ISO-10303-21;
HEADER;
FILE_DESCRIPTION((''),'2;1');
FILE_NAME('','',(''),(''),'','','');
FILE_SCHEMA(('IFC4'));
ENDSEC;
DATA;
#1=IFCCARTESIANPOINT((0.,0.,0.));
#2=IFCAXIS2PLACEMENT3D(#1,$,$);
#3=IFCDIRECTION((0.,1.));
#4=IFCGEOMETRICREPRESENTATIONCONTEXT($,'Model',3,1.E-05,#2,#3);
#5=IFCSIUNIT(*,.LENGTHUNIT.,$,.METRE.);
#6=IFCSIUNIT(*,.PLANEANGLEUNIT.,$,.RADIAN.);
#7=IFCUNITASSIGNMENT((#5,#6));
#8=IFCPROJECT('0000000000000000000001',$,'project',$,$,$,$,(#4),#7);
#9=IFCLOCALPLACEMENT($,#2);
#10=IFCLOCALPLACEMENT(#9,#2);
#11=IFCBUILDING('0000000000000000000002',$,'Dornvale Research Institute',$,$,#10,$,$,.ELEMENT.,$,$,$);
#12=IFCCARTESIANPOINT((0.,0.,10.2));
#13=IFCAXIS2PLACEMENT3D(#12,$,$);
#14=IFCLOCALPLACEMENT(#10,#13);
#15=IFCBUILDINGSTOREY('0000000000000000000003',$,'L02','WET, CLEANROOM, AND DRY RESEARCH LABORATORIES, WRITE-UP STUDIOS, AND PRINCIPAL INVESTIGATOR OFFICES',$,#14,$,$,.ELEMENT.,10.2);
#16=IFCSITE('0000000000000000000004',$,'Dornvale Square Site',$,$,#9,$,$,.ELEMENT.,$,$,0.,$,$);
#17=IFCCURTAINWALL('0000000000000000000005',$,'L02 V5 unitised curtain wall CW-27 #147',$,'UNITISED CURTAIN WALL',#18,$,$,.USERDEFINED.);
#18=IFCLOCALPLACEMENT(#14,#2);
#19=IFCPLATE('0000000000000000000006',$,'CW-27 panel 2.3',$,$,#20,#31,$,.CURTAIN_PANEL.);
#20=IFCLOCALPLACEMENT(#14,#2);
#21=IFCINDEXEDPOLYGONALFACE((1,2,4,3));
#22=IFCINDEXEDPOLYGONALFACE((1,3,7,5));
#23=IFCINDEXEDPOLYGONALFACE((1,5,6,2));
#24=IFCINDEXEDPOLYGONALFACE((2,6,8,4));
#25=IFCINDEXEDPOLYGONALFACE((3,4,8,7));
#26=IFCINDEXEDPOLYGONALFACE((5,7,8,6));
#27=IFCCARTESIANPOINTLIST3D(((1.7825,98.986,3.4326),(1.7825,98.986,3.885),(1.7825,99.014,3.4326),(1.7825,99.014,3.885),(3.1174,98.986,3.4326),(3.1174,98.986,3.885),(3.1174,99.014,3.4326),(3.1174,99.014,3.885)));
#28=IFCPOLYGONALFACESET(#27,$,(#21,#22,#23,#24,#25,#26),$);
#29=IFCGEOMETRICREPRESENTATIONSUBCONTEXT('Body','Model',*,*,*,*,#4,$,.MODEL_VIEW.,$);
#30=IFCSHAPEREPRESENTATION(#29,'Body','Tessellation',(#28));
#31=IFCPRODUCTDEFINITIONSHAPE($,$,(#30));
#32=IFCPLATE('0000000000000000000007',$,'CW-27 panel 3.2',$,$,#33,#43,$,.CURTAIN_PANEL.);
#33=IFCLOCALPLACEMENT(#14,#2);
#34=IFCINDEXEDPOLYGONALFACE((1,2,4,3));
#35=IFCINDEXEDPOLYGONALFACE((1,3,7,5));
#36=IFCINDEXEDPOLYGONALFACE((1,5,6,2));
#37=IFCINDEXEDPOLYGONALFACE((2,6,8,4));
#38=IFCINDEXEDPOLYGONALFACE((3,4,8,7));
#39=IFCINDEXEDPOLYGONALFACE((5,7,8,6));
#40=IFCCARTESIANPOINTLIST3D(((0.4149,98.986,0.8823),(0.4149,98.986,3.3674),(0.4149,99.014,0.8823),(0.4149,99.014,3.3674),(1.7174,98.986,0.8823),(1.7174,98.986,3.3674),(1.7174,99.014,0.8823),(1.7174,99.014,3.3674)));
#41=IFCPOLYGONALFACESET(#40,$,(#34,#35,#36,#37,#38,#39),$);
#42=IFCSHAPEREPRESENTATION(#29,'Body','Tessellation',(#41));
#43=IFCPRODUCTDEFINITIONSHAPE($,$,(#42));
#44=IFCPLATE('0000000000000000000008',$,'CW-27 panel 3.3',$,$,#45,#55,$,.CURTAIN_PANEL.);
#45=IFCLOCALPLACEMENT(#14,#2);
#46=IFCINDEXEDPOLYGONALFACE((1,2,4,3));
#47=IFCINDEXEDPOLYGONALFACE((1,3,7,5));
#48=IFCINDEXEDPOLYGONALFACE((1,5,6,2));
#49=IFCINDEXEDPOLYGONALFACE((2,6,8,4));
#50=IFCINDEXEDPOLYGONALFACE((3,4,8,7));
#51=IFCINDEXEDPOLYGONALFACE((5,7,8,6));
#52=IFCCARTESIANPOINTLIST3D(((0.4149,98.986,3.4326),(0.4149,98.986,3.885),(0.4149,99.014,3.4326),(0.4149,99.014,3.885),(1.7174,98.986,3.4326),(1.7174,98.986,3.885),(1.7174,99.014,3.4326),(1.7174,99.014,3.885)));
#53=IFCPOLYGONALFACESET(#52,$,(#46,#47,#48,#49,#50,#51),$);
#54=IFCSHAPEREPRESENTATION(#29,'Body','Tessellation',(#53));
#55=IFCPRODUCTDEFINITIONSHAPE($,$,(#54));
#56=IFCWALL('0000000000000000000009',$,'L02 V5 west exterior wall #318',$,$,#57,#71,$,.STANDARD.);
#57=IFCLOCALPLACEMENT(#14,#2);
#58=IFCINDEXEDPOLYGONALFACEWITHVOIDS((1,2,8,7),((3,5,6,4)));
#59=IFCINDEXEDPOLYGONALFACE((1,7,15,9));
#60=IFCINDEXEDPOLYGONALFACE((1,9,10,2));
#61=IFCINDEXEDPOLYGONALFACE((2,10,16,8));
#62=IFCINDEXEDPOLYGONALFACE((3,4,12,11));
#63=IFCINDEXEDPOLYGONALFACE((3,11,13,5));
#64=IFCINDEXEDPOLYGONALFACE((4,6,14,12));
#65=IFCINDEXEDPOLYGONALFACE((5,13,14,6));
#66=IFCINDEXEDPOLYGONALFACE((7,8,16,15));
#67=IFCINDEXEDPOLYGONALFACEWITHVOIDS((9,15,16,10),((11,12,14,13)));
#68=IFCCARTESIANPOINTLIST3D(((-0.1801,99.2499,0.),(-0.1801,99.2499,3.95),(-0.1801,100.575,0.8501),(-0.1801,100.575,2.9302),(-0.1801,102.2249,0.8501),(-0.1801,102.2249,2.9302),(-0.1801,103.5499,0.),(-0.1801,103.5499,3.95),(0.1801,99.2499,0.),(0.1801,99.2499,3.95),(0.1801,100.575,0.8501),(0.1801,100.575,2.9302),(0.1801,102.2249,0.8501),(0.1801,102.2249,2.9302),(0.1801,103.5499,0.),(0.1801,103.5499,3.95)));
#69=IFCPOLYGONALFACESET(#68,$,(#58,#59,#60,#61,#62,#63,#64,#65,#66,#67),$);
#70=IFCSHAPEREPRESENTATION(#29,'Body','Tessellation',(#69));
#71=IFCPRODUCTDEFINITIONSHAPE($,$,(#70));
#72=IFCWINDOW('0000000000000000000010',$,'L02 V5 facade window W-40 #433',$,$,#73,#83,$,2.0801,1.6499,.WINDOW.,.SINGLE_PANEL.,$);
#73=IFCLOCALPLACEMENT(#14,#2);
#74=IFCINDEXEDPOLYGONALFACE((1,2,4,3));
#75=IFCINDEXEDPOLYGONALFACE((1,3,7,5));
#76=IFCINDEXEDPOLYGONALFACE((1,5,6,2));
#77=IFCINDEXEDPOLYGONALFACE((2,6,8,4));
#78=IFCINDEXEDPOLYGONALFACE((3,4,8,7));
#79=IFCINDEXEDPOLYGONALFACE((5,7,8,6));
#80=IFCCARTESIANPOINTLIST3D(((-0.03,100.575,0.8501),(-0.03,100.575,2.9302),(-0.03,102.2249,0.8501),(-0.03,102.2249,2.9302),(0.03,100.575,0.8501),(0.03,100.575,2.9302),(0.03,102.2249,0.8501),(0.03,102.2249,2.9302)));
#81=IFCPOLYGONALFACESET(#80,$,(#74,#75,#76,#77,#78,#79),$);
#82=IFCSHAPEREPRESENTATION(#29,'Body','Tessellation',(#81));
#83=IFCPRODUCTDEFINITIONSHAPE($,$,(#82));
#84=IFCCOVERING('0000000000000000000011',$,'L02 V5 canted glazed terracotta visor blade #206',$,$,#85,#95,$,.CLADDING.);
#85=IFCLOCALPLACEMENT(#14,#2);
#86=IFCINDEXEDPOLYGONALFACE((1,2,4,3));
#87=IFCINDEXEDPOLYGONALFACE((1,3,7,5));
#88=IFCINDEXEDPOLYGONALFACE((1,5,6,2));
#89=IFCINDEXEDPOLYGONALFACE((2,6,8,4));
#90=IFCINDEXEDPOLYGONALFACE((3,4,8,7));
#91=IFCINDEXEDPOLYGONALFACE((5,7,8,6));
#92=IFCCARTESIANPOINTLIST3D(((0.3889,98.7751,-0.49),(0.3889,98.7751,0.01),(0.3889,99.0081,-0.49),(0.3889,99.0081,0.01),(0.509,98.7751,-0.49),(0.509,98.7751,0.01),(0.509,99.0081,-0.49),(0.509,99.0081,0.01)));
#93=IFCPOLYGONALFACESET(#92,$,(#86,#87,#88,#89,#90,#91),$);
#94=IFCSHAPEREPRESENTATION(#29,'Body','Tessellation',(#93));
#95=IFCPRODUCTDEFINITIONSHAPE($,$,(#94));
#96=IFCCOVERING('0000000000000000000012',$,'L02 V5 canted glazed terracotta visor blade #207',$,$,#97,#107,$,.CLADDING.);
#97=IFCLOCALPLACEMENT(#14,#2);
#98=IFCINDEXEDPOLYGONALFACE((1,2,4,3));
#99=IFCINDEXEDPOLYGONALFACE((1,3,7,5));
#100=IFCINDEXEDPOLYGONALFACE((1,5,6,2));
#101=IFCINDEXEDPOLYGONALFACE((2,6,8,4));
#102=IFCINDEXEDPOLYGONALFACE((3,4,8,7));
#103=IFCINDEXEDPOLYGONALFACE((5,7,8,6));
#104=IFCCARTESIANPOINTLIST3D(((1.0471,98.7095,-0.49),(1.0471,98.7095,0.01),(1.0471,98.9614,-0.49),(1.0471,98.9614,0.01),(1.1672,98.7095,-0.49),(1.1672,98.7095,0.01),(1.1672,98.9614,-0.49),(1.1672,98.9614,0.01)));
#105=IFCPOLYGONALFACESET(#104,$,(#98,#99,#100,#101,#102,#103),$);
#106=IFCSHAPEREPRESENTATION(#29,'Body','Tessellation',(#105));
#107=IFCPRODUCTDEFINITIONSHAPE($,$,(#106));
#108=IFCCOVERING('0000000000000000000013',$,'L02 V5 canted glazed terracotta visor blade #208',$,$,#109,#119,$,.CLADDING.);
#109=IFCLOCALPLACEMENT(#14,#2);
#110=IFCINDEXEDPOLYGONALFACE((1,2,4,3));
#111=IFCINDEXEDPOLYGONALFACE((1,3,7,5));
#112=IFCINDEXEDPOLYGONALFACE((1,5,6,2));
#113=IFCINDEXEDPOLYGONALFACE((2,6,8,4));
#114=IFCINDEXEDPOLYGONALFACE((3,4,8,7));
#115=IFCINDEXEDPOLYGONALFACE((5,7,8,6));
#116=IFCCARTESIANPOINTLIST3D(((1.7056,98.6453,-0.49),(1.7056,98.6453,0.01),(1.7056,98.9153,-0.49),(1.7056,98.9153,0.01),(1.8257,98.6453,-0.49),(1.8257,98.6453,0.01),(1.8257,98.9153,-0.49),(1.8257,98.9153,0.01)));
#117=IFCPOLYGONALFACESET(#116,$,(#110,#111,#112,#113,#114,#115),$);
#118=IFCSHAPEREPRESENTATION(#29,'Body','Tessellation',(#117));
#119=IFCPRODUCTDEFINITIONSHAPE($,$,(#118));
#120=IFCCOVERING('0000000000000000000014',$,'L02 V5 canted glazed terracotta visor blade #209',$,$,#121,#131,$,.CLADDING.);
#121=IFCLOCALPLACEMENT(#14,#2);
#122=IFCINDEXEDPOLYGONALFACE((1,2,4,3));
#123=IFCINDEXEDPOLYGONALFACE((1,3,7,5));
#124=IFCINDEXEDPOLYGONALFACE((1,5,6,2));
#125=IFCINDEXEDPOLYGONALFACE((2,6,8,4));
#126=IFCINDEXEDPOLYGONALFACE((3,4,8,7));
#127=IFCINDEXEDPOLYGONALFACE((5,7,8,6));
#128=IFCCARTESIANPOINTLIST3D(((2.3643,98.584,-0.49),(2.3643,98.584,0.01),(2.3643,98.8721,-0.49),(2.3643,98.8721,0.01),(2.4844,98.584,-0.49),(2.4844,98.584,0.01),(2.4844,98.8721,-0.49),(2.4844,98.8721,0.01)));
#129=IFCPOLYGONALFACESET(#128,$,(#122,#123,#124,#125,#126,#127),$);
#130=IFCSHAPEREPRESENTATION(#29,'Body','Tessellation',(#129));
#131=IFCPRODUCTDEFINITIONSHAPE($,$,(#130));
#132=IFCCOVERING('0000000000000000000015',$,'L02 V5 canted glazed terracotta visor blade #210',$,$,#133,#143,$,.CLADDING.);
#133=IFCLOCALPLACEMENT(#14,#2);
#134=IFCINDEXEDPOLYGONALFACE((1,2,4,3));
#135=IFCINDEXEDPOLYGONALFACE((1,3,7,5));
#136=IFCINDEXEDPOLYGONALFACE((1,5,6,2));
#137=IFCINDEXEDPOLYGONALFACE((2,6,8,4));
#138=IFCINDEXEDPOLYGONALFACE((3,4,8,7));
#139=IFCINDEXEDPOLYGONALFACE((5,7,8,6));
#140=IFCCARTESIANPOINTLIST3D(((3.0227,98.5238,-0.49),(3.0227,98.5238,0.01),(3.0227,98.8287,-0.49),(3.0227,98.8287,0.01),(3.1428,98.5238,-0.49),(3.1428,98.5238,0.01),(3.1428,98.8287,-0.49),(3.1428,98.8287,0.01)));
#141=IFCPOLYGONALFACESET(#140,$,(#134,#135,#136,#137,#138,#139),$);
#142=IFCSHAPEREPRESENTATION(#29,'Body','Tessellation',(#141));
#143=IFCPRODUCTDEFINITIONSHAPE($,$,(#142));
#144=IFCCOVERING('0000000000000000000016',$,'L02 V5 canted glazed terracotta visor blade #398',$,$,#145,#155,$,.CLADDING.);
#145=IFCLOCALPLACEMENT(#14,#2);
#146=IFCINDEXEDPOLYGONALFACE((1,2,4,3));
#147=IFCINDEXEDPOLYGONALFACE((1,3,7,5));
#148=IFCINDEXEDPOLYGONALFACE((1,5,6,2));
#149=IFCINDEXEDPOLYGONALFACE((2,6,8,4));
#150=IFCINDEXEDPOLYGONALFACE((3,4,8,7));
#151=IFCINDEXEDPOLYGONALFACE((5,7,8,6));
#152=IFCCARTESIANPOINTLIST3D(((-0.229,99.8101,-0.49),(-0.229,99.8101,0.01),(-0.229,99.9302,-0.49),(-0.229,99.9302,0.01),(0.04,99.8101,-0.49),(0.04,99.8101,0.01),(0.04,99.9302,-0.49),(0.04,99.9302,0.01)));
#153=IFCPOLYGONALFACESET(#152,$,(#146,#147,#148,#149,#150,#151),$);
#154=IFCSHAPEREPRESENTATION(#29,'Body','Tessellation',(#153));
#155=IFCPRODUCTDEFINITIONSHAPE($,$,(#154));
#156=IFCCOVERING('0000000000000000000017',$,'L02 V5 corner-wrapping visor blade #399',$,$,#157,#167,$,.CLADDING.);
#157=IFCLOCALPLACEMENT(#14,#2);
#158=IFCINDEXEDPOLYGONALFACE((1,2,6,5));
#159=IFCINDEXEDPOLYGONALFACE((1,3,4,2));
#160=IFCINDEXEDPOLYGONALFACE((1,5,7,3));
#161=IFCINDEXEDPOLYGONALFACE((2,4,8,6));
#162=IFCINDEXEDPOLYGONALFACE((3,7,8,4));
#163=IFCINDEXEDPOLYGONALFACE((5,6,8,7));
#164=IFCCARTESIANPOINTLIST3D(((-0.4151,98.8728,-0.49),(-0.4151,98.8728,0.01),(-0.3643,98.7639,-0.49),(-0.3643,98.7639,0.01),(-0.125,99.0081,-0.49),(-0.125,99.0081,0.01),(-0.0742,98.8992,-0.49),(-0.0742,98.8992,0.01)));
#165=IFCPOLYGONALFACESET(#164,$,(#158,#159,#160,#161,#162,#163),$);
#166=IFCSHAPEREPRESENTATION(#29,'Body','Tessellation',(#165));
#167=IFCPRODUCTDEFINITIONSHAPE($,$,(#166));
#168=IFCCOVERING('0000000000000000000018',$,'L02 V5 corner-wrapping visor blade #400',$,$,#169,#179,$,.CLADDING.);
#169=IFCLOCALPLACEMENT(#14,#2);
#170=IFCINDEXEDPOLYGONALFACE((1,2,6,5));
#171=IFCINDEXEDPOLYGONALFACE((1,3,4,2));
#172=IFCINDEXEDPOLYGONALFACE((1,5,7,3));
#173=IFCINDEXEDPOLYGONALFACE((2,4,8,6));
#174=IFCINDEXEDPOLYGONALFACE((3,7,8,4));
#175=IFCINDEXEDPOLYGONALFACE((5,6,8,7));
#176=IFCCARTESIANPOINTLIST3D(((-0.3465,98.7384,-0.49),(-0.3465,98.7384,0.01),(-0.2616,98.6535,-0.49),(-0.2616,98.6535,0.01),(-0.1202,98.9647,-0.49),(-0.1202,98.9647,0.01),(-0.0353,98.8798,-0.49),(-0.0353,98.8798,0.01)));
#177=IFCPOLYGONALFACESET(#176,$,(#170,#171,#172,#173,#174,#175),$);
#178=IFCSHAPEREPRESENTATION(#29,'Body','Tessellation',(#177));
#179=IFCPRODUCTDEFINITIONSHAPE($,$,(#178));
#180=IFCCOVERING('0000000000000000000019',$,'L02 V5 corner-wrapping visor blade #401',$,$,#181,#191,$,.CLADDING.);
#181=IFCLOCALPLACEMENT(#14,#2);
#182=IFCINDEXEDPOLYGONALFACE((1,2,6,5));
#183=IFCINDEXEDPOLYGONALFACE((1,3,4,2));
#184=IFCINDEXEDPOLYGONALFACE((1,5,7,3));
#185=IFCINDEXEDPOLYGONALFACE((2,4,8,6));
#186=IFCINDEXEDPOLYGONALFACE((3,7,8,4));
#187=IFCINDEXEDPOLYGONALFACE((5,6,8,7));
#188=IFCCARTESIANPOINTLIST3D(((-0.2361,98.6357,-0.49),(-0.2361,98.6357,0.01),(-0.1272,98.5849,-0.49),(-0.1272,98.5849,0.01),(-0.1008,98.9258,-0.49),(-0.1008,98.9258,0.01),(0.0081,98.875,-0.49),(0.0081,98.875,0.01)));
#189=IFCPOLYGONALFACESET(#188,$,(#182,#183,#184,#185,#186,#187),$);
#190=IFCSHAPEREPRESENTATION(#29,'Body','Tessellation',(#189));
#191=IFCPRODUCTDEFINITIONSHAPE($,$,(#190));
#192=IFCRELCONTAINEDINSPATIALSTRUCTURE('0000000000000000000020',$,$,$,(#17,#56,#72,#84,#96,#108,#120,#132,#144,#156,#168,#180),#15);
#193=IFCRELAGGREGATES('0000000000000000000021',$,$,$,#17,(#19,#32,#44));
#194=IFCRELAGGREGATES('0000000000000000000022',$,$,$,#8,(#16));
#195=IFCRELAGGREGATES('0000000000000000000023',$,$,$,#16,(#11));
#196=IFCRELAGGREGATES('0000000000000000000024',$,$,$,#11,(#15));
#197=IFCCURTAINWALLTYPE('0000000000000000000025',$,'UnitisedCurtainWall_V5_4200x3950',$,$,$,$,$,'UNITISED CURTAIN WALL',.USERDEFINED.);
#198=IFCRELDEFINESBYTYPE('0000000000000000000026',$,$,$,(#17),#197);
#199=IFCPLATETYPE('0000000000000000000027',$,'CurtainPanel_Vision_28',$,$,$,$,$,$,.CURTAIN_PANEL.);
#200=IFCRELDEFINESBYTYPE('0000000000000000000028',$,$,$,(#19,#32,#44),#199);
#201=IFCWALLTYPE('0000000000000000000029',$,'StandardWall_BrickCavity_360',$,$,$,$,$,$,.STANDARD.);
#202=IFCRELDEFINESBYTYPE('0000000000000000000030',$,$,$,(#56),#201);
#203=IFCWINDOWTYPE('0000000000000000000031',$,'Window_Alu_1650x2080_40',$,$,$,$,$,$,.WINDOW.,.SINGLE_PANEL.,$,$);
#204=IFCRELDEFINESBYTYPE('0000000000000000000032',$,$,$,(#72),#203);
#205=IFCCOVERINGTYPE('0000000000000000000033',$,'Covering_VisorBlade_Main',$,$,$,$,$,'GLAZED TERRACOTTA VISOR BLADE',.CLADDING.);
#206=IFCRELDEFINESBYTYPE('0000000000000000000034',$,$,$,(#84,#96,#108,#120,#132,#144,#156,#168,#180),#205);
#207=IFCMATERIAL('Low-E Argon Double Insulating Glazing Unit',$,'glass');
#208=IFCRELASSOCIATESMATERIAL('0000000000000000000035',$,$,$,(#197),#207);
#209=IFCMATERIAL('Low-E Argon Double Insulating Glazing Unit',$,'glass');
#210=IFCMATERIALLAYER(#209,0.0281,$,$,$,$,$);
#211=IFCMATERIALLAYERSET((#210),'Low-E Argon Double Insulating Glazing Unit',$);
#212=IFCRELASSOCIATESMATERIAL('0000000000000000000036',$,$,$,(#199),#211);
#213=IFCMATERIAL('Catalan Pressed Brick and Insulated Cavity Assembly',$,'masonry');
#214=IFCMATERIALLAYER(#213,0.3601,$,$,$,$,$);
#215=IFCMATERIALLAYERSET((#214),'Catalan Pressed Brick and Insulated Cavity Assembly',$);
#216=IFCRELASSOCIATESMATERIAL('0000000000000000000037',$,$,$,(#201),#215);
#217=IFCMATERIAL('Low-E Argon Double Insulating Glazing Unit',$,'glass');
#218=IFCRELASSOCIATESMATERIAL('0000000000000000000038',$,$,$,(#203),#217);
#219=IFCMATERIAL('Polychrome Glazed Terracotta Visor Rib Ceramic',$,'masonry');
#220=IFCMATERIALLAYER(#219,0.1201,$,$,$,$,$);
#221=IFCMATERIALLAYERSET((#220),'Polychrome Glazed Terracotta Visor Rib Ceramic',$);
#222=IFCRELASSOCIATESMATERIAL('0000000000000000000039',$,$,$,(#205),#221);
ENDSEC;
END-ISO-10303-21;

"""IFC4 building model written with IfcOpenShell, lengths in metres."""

from ifc_helpers import new_model, si_unit, direction, frame, frame_2d, origin, origin_2d, place, context, subcontext, project, spatial, rectangle, extrude, material, layer, layer_set, type_object, element, fill, aggregate, save


model = new_model("IFC4")

# Units and contexts
model_context = context("Model", 3, precision=1e-05, world=origin(), true_north=direction((0.0, 1.0)))
body_context = subcontext(model_context, "Body", "Model", "MODEL_VIEW")
ifc_project = project(units=[si_unit("LENGTHUNIT", "METRE"), si_unit("PLANEANGLEUNIT", "RADIAN")], contexts=[model_context])

# Site, building, storey
site_placement = place(None, origin())
site = spatial("IfcSite", under=ifc_project, at=site_placement, Name="Dornvale Square Site", CompositionType="ELEMENT", RefElevation=0.0)
building_placement = place(site_placement, origin())
building = spatial("IfcBuilding", under=site, at=building_placement, Name="Dornvale Research Institute", CompositionType="ELEMENT")
storey_placement = place(building_placement, frame((0.0, 0.0, 10.2)))
storey = spatial("IfcBuildingStorey", under=building, at=storey_placement, Name="L02", Description="WET, CLEANROOM, AND DRY RESEARCH LABORATORIES, WRITE-UP STUDIOS, AND PRINCIPAL INVESTIGATOR OFFICES", CompositionType="ELEMENT", Elevation=10.2)

# Curtain wall
ifc_material_1 = material(Name="Low-E Argon Double Insulating Glazing Unit", Category="glass")
curtain_wall_type = type_object("IfcCurtainWallType", Name="UnitisedCurtainWall_V5_4200x3950", ElementType="UNITISED CURTAIN WALL", PredefinedType="USERDEFINED", material=ifc_material_1)
curtain_wall_placement = place(storey_placement, origin())
curtain_wall = element("IfcCurtainWall", 1, at=curtain_wall_placement, inside=storey, type_object=curtain_wall_type, Name="L02 V5 unitised curtain wall CW-27 #147", ObjectType="UNITISED CURTAIN WALL", PredefinedType="USERDEFINED")

# Plates
ifc_material_2 = material(Name="Low-E Argon Double Insulating Glazing Unit", Category="glass")
ifc_layer_1 = layer(ifc_material_2, 0.0281)
ifc_layer_set_1 = layer_set([ifc_layer_1], Name="Low-E Argon Double Insulating Glazing Unit")
plate_type_1 = type_object("IfcPlateType", Name="CurtainPanel_Vision_28", PredefinedType="CURTAIN_PANEL", material=ifc_layer_set_1)
plate_1_placement = place(storey_placement, frame((2.45, 99.0, 3.4326), z_axis=(0.0, 0.0, 1.0), x_axis=(-1.0, 0.0, 0.0)))
plate_1 = element("IfcPlate", 2, at=plate_1_placement, type_object=plate_type_1, Name="CW-27 panel 2.3", PredefinedType="CURTAIN_PANEL", context=body_context, shape_type="SweptSolid", body=[
    extrude(rectangle(XDim=1.335, YDim=0.0281, at=origin_2d()), origin(), (0.0, 0.0, 1.0), 0.4524),
])
plate_2_placement = place(storey_placement, frame((1.0662, 99.0, 0.8823), z_axis=(0.0, 0.0, 1.0), x_axis=(-1.0, 0.0, 0.0)))
plate_2 = element("IfcPlate", 3, at=plate_2_placement, type_object=plate_type_1, Name="CW-27 panel 3.2", PredefinedType="CURTAIN_PANEL", context=body_context, shape_type="SweptSolid", body=[
    extrude(rectangle(XDim=1.3025, YDim=0.0281, at=origin_2d()), origin(), (0.0, 0.0, 1.0), 2.4851),
])
plate_3_placement = place(storey_placement, frame((1.0662, 99.0, 3.4326), z_axis=(0.0, 0.0, 1.0), x_axis=(-1.0, 0.0, 0.0)))
plate_3 = element("IfcPlate", 4, at=plate_3_placement, type_object=plate_type_1, Name="CW-27 panel 3.3", PredefinedType="CURTAIN_PANEL", context=body_context, shape_type="SweptSolid", body=[
    extrude(rectangle(XDim=1.3025, YDim=0.0281, at=origin_2d()), origin(), (0.0, 0.0, 1.0), 0.4524),
])
aggregate(curtain_wall, [plate_1, plate_2, plate_3])

# Wall, opening, window
ifc_material_3 = material(Name="Catalan Pressed Brick and Insulated Cavity Assembly", Category="masonry")
ifc_layer_2 = layer(ifc_material_3, 0.3601)
ifc_layer_set_2 = layer_set([ifc_layer_2], Name="Catalan Pressed Brick and Insulated Cavity Assembly")
wall_type = type_object("IfcWallType", Name="StandardWall_BrickCavity_360", PredefinedType="STANDARD", material=ifc_layer_set_2)
wall_placement = place(storey_placement, frame((0.0, 99.25, 0.0), z_axis=(0.0, 0.0, 1.0), x_axis=(0.0, 1.0, 0.0)))
wall = element("IfcWall", 5, at=wall_placement, inside=storey, type_object=wall_type, Name="L02 V5 west exterior wall #318", PredefinedType="STANDARD", context=body_context, shape_type="SweptSolid", body=[
    extrude(rectangle(XDim=4.3, YDim=0.3601, at=frame_2d((2.1499, 0.0))), origin(), (0.0, 0.0, 1.0), 3.95),
])
opening_placement = place(wall_placement, frame((1.325, 0.0, 0.8501)))
opening = element("IfcOpeningElement", 6, at=opening_placement, cuts=wall, PredefinedType="OPENING", context=body_context, shape_type="SweptSolid", body=[
    extrude(rectangle(XDim=1.6499, YDim=2.0801, at=frame_2d((0.825, 1.04))), frame((0.0, 0.1951, 0.0), z_axis=(0.0, -1.0, 0.0), x_axis=(1.0, 0.0, 0.0)), (0.0, 0.0, 1.0), 0.3901),
])
ifc_material_4 = material(Name="Low-E Argon Double Insulating Glazing Unit", Category="glass")
window_type = type_object("IfcWindowType", Name="Window_Alu_1650x2080_40", PartitioningType="SINGLE_PANEL", PredefinedType="WINDOW", material=ifc_material_4)
window_placement = place(opening_placement, origin())
window = element("IfcWindow", 7, at=window_placement, inside=storey, type_object=window_type, Name="L02 V5 facade window W-40 #433", OverallHeight=2.0801, OverallWidth=1.6499, PartitioningType="SINGLE_PANEL", PredefinedType="WINDOW", context=body_context, shape_type="SweptSolid", body=[
    extrude(rectangle(XDim=1.6499, YDim=2.0801, at=frame_2d((0.825, 1.04))), frame((0.0, 0.03, 0.0), z_axis=(0.0, -1.0, 0.0), x_axis=(1.0, 0.0, 0.0)), (0.0, 0.0, 1.0), 0.0601),
])
fill(opening, window)

# Coverings
ifc_material_5 = material(Name="Polychrome Glazed Terracotta Visor Rib Ceramic", Category="masonry")
ifc_layer_3 = layer(ifc_material_5, 0.1201)
ifc_layer_set_3 = layer_set([ifc_layer_3], Name="Polychrome Glazed Terracotta Visor Rib Ceramic")
covering_type = type_object("IfcCoveringType", Name="Covering_VisorBlade_Main", ElementType="GLAZED TERRACOTTA VISOR BLADE", PredefinedType="CLADDING", material=ifc_layer_set_3)
covering_1_placement = place(storey_placement, frame((0.449, 98.8916, -0.49), z_axis=(0.0, 0.0, 1.0), x_axis=(0.0, 1.0, 0.0)))
element("IfcCovering", 8, at=covering_1_placement, inside=storey, type_object=covering_type, Name="L02 V5 canted glazed terracotta visor blade #206", PredefinedType="CLADDING", context=body_context, shape_type="SweptSolid", body=[
    extrude(rectangle(XDim=0.2329, YDim=0.1201, at=origin_2d()), origin(), (0.0, 0.0, 1.0), 0.5),
])
covering_2_placement = place(storey_placement, frame((1.1072, 98.8354, -0.49), z_axis=(0.0, 0.0, 1.0), x_axis=(0.0, 1.0, 0.0)))
element("IfcCovering", 9, at=covering_2_placement, inside=storey, type_object=covering_type, Name="L02 V5 canted glazed terracotta visor blade #207", PredefinedType="CLADDING", context=body_context, shape_type="SweptSolid", body=[
    extrude(rectangle(XDim=0.252, YDim=0.1201, at=origin_2d()), origin(), (0.0, 0.0, 1.0), 0.5),
])
covering_3_placement = place(storey_placement, frame((1.7656, 98.7803, -0.49), z_axis=(0.0, 0.0, 1.0), x_axis=(0.0, 1.0, 0.0)))
element("IfcCovering", 10, at=covering_3_placement, inside=storey, type_object=covering_type, Name="L02 V5 canted glazed terracotta visor blade #208", PredefinedType="CLADDING", context=body_context, shape_type="SweptSolid", body=[
    extrude(rectangle(XDim=0.27, YDim=0.1201, at=origin_2d()), origin(), (0.0, 0.0, 1.0), 0.5),
])
covering_4_placement = place(storey_placement, frame((2.4243, 98.728, -0.49), z_axis=(0.0, 0.0, 1.0), x_axis=(0.0, 1.0, 0.0)))
element("IfcCovering", 11, at=covering_4_placement, inside=storey, type_object=covering_type, Name="L02 V5 canted glazed terracotta visor blade #209", PredefinedType="CLADDING", context=body_context, shape_type="SweptSolid", body=[
    extrude(rectangle(XDim=0.2881, YDim=0.1201, at=origin_2d()), origin(), (0.0, 0.0, 1.0), 0.5),
])
covering_5_placement = place(storey_placement, frame((3.0828, 98.6763, -0.49), z_axis=(0.0, 0.0, 1.0), x_axis=(0.0, 1.0, 0.0)))
element("IfcCovering", 12, at=covering_5_placement, inside=storey, type_object=covering_type, Name="L02 V5 canted glazed terracotta visor blade #210", PredefinedType="CLADDING", context=body_context, shape_type="SweptSolid", body=[
    extrude(rectangle(XDim=0.3049, YDim=0.1201, at=origin_2d()), origin(), (0.0, 0.0, 1.0), 0.5),
])
covering_6_placement = place(storey_placement, frame((-0.0945, 99.8701, -0.49), z_axis=(0.0, 0.0, 1.0), x_axis=(1.0, 0.0, 0.0)))
element("IfcCovering", 13, at=covering_6_placement, inside=storey, type_object=covering_type, Name="L02 V5 canted glazed terracotta visor blade #398", PredefinedType="CLADDING", context=body_context, shape_type="SweptSolid", body=[
    extrude(rectangle(XDim=0.269, YDim=0.1201, at=origin_2d()), origin(), (0.0, 0.0, 1.0), 0.5),
])
for number, where, z_axis, x_axis, name in (
    (14, (-0.2446, 98.886, -0.49), (0.0, 0.0, 1.0), (-0.906308, -0.422618, 0.0), "L02 V5 corner-wrapping visor blade #399"),
    (15, (-0.1909, 98.8091, -0.49), (0.0, 0.0, 1.0), (-0.707107, -0.707107, 0.0), "L02 V5 corner-wrapping visor blade #400"),
    (16, (-0.114, 98.7554, -0.49), (0.0, 0.0, 1.0), (-0.422618, -0.906308, 0.0), "L02 V5 corner-wrapping visor blade #401"),
):
    element("IfcCovering", number, at=place(storey_placement, frame(where, z_axis=z_axis, x_axis=x_axis)), inside=storey, type_object=covering_type, Name=name, PredefinedType="CLADDING", context=body_context, shape_type="SweptSolid", body=[
        extrude(rectangle(XDim=0.3201, YDim=0.1201, at=origin_2d()), origin(), (0.0, 0.0, 1.0), 0.5),
    ])

save(model, "model.ifc")
